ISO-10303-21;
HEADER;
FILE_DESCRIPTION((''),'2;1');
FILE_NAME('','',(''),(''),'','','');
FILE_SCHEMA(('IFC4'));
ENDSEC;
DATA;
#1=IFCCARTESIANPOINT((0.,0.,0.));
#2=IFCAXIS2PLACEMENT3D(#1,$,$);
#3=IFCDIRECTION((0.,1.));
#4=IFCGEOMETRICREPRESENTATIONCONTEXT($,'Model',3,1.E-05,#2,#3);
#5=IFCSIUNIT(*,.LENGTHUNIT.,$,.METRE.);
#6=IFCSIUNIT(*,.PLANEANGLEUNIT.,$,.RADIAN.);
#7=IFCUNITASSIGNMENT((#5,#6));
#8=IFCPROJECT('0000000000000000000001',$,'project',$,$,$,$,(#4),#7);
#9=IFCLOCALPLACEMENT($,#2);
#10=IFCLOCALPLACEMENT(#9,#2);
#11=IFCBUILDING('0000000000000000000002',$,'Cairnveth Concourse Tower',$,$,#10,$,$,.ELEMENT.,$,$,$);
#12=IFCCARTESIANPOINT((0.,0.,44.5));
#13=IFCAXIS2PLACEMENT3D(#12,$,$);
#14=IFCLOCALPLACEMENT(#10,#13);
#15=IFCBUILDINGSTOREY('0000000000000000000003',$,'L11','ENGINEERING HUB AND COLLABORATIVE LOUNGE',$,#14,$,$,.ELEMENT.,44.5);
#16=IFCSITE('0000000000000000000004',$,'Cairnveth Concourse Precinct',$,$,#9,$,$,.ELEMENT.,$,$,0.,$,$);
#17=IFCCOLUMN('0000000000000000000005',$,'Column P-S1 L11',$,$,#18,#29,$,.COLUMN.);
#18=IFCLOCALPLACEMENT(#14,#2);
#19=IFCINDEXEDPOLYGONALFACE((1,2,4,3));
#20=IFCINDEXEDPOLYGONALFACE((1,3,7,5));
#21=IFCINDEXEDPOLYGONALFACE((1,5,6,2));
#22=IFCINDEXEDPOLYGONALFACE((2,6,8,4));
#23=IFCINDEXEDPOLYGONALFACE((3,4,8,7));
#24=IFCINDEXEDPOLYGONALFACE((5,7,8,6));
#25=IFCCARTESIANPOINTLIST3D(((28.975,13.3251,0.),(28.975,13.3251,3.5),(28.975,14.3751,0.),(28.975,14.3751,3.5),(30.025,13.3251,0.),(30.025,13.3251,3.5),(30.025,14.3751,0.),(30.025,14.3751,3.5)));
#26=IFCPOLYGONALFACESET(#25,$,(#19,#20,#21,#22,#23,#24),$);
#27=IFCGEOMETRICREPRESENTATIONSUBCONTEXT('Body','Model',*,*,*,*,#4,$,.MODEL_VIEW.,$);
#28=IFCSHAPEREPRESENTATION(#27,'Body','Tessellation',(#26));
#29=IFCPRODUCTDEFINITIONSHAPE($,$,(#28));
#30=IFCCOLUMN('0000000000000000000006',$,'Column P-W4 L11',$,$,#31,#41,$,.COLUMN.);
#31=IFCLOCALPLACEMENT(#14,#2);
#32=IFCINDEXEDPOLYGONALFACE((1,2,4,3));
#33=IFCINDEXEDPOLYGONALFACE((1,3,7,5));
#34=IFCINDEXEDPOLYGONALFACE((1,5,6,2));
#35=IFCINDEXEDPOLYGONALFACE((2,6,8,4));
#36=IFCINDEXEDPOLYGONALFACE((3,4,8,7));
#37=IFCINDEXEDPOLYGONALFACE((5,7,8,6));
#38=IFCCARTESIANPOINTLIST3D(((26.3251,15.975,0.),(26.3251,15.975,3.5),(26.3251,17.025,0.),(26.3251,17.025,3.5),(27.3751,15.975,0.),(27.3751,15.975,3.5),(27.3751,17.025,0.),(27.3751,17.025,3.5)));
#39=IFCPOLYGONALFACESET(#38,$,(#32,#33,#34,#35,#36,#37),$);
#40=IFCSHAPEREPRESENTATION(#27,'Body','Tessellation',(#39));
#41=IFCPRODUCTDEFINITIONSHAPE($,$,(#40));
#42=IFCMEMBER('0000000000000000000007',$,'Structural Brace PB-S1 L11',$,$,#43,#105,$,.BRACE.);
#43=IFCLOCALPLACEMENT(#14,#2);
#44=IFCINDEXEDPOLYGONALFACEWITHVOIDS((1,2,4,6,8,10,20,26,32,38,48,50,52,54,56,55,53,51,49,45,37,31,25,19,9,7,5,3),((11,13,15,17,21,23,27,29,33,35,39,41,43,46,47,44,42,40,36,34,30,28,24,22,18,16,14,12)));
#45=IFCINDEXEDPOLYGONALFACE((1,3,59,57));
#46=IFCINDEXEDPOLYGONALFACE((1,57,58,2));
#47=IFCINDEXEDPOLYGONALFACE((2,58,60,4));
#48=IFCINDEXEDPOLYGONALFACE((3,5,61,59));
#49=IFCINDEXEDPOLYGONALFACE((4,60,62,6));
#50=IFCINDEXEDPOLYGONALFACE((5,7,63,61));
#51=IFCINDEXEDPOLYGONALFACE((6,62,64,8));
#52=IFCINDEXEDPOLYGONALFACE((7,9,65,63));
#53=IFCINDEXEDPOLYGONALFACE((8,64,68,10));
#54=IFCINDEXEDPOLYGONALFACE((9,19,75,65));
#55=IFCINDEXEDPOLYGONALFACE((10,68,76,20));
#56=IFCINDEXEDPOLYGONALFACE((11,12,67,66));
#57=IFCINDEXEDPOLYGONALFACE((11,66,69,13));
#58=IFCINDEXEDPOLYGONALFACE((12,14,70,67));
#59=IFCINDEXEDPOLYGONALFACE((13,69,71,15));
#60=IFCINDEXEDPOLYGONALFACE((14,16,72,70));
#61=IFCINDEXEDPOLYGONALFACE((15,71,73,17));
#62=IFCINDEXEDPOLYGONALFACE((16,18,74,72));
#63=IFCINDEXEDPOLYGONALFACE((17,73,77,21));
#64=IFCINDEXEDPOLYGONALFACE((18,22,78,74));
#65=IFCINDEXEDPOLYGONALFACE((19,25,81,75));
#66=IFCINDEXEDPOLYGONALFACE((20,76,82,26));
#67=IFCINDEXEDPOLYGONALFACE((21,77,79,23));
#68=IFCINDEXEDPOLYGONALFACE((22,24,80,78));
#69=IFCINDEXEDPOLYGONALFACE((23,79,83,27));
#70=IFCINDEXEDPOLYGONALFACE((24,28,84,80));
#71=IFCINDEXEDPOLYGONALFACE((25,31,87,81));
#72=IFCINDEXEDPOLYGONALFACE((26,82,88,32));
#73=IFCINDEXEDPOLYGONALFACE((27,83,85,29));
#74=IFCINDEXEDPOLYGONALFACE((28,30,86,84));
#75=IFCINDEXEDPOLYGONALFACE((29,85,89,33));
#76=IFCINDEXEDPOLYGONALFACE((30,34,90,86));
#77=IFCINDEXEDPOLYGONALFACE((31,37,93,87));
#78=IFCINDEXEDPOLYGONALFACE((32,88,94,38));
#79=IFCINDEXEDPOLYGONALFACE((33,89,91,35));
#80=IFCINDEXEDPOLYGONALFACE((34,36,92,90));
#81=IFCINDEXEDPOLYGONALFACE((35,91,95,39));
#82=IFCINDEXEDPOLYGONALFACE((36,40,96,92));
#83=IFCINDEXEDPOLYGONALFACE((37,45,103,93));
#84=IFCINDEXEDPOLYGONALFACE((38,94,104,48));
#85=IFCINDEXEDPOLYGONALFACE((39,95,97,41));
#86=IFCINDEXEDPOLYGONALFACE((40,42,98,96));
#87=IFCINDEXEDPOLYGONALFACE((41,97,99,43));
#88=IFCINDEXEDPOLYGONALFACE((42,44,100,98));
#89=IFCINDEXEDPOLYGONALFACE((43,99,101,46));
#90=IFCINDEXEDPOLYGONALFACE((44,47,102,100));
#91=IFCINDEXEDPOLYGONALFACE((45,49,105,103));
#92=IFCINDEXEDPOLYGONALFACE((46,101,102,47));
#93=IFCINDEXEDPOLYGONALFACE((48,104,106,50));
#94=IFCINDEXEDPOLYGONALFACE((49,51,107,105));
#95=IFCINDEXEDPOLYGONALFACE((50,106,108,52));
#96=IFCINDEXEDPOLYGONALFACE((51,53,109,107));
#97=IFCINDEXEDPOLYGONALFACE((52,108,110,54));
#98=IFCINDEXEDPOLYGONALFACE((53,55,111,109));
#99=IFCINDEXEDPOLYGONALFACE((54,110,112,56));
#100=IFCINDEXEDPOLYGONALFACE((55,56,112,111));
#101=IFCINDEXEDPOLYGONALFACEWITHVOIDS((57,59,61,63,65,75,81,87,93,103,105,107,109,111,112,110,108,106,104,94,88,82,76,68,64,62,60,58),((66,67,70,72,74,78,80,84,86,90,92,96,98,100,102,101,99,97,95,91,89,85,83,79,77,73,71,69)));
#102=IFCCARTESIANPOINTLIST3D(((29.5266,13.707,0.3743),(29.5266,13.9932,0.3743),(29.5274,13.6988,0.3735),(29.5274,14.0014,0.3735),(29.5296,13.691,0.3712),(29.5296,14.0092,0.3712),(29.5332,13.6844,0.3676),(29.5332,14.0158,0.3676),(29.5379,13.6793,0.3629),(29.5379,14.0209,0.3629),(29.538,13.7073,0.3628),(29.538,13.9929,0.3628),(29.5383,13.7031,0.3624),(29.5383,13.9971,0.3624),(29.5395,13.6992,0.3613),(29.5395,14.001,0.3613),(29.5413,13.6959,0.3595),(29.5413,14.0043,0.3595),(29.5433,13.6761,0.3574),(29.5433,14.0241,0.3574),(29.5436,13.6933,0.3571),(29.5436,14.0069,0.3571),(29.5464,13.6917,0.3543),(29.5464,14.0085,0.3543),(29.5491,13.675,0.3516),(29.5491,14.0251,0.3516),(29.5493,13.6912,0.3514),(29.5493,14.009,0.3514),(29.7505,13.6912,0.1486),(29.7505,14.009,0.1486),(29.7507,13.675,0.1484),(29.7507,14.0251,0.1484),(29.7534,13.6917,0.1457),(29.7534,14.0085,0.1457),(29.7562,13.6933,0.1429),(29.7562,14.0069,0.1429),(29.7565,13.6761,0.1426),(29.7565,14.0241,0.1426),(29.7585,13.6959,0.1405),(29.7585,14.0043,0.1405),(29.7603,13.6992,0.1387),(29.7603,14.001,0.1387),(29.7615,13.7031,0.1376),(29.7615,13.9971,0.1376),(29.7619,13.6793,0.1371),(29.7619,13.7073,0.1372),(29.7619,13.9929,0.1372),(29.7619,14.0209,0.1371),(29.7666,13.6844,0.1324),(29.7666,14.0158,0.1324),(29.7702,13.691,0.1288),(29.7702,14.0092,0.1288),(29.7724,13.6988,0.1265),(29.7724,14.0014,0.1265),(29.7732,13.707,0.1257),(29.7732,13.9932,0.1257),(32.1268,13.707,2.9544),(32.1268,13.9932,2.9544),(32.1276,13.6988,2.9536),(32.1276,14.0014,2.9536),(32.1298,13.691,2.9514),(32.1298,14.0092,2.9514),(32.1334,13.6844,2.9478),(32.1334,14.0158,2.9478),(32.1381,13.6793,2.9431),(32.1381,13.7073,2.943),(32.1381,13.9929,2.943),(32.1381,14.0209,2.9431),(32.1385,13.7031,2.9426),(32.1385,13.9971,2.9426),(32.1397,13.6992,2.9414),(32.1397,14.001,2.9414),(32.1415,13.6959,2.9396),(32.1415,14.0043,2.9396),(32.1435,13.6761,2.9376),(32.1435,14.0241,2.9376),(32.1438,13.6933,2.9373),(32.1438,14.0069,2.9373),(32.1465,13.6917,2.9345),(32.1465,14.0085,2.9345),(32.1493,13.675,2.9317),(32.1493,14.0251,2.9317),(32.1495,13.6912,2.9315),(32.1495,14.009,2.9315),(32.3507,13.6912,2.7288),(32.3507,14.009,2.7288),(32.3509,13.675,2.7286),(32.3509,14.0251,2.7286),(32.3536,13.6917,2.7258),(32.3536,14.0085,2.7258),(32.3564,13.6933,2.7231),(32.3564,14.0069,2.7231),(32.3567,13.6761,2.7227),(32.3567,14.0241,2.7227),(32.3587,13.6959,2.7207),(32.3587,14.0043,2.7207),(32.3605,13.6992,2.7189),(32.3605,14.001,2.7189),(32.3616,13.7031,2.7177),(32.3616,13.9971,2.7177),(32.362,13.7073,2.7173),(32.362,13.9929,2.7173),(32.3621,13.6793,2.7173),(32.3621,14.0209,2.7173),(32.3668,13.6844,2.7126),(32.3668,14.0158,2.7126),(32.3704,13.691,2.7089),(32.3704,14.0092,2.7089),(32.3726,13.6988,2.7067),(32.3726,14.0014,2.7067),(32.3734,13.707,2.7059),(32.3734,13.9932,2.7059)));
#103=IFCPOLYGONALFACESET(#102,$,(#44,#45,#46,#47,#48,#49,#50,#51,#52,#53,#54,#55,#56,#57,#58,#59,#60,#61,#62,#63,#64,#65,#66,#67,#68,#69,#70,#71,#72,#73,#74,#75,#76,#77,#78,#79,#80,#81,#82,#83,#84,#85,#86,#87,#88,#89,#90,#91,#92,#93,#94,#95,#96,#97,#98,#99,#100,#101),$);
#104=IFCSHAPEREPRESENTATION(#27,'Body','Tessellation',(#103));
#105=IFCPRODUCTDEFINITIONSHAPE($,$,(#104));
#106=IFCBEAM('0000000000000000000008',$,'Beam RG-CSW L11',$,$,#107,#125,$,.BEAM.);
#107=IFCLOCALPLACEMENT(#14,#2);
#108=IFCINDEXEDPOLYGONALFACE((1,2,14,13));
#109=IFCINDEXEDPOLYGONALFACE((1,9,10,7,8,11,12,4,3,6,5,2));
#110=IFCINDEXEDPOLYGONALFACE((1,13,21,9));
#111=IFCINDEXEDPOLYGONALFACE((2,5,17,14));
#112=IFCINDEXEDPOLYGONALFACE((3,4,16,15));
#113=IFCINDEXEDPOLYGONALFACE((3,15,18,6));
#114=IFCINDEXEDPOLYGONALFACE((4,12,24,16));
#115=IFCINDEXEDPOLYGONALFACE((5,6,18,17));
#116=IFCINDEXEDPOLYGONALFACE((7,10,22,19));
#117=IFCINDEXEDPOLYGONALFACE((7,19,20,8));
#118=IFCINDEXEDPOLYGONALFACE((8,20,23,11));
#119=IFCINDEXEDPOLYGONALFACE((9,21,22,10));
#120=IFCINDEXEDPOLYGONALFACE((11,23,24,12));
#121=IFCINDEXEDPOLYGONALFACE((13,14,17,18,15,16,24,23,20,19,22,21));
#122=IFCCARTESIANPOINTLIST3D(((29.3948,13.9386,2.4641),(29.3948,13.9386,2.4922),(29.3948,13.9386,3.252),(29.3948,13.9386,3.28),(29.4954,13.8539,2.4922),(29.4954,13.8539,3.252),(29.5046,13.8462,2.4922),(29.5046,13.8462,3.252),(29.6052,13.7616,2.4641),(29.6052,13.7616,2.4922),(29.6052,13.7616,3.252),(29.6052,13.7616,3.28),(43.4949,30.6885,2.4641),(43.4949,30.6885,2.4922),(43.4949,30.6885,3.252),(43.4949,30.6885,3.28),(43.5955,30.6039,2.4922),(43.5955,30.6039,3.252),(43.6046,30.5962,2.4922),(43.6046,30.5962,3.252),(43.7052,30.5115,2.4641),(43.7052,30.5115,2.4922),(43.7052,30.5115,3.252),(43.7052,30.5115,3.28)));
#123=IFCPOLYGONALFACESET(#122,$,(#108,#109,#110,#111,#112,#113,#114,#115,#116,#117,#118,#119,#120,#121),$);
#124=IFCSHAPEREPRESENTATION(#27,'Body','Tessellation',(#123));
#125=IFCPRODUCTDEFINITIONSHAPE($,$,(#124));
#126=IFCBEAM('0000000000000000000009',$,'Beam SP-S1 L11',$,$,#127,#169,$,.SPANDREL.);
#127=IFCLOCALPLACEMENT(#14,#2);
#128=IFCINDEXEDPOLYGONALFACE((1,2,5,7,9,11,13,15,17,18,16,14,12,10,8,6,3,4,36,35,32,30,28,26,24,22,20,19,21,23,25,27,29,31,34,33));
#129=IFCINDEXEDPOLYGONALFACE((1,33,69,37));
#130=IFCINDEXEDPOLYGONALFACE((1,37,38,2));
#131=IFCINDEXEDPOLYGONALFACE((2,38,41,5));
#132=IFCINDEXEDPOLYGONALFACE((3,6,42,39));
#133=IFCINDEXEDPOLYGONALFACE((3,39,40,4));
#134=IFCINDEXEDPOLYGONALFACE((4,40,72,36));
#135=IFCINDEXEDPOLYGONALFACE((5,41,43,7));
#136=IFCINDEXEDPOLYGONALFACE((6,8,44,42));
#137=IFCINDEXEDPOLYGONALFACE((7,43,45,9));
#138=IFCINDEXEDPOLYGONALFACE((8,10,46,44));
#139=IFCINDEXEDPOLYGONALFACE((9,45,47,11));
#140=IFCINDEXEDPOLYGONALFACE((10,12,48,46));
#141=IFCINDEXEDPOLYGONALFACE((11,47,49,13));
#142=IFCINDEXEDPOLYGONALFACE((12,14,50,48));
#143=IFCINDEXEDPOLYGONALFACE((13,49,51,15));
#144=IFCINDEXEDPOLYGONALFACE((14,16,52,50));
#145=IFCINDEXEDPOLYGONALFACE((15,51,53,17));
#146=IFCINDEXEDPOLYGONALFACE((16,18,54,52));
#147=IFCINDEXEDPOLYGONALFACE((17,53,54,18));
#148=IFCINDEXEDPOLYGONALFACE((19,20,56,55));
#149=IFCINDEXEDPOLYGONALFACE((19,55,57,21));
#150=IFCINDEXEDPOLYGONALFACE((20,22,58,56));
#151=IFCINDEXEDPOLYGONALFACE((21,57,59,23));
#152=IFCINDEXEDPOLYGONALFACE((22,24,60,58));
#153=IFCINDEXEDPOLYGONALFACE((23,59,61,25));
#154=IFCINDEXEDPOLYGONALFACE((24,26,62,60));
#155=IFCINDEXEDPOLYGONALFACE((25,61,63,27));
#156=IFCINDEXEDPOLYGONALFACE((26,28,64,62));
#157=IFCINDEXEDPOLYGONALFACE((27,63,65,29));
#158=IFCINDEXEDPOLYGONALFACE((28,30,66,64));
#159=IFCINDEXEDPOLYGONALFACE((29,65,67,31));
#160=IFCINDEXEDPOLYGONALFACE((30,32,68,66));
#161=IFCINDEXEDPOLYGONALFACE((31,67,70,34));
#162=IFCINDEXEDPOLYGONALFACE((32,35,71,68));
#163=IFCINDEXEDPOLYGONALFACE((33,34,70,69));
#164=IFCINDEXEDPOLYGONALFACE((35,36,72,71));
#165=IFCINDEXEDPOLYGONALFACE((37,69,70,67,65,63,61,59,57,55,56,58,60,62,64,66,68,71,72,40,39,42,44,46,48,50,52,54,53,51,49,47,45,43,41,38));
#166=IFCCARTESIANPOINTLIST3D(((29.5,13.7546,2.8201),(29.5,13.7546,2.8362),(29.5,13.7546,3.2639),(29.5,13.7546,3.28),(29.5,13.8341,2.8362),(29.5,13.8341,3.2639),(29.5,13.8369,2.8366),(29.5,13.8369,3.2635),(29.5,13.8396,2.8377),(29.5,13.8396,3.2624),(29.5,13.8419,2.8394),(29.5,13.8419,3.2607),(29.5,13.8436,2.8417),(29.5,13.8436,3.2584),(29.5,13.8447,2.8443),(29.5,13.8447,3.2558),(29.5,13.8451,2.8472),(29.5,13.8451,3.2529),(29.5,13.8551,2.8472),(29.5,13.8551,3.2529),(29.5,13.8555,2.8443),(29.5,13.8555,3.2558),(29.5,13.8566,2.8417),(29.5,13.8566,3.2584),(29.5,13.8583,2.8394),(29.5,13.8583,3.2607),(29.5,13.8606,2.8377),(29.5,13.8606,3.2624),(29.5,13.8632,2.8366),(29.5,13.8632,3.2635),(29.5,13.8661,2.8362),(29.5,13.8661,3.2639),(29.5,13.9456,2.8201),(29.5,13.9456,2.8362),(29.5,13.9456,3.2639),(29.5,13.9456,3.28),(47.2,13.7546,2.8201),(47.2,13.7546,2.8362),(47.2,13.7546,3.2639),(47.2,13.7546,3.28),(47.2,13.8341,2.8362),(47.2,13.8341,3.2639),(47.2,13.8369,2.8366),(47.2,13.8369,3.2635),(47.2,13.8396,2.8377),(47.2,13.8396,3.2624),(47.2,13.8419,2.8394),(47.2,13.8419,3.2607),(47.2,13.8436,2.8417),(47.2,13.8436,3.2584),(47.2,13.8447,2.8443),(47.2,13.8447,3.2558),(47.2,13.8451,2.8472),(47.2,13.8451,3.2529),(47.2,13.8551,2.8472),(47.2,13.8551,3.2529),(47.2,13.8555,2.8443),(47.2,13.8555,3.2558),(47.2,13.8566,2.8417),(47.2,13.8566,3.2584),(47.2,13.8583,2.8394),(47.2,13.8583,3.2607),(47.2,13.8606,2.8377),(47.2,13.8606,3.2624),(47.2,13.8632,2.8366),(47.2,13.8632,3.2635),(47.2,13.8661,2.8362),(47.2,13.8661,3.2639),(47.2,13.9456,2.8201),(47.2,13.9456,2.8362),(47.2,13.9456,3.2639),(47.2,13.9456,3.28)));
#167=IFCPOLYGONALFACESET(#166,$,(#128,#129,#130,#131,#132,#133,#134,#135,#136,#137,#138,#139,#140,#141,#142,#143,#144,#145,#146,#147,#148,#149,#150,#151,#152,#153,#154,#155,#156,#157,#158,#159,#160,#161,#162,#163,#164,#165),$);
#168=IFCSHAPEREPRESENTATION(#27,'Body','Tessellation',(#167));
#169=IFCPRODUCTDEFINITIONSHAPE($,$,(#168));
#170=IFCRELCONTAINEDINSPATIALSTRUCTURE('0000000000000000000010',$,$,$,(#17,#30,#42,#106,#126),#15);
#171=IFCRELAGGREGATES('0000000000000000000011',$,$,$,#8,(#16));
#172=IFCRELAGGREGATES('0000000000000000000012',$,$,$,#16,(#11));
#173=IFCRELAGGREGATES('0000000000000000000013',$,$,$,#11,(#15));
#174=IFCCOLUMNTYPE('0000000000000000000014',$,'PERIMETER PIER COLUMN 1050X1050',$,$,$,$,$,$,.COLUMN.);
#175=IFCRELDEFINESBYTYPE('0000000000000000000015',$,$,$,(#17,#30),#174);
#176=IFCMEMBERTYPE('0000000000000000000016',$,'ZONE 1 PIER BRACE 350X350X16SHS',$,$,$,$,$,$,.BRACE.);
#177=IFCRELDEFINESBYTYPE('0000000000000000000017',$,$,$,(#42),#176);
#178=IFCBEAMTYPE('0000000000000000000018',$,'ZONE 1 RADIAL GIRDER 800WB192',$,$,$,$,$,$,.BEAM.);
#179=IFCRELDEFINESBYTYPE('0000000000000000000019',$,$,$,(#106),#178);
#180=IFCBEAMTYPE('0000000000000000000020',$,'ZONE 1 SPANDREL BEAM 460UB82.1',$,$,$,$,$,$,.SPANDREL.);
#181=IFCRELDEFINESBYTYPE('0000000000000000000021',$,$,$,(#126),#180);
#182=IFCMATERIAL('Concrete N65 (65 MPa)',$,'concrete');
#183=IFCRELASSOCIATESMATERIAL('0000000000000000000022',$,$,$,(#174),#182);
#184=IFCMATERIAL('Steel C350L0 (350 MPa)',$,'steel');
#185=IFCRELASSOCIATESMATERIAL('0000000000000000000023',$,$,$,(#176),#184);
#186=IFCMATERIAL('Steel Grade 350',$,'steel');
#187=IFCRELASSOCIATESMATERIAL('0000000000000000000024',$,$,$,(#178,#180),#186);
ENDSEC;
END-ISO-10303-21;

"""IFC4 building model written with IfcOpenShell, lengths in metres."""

from ifc_helpers import new_model, si_unit, direction, frame, origin, origin_2d, place, context, subcontext, project, spatial, rectangle, hollow_rectangle, i_section, extrude, material, material_profile, profile_set, type_object, element, save


model = new_model("IFC4")

# Units and contexts
model_context = context("Model", 3, precision=1e-05, world=origin(), true_north=direction((0.0, 1.0)))
body_context = subcontext(model_context, "Body", "Model", "MODEL_VIEW")
ifc_project = project(units=[si_unit("LENGTHUNIT", "METRE"), si_unit("PLANEANGLEUNIT", "RADIAN")], contexts=[model_context])

# Site, building, storey
site_placement = place(None, origin())
site = spatial("IfcSite", under=ifc_project, at=site_placement, Name="Cairnveth Concourse Precinct", CompositionType="ELEMENT", RefElevation=0.0)
building_placement = place(site_placement, origin())
building = spatial("IfcBuilding", under=site, at=building_placement, Name="Cairnveth Concourse Tower", CompositionType="ELEMENT")
storey_placement = place(building_placement, frame((0.0, 0.0, 44.5)))
storey = spatial("IfcBuildingStorey", under=building, at=storey_placement, Name="L11", Description="ENGINEERING HUB AND COLLABORATIVE LOUNGE", CompositionType="ELEMENT", Elevation=44.5)

# Columns
ifc_material_1 = material(Name="Concrete N65 (65 MPa)", Category="concrete")
ifc_material_profile_1 = material_profile(ifc_material_1, rectangle(XDim=1.05, YDim=1.05, at=origin_2d()), Name="RC-COL-1050x1050")
ifc_profile_set_1 = profile_set([ifc_material_profile_1], Name="Concrete N65 (65 MPa)")
column_type = type_object("IfcColumnType", Name="PERIMETER PIER COLUMN 1050X1050", PredefinedType="COLUMN", material=ifc_profile_set_1)
for number, where, z_axis, x_axis, name in (
    (1, (29.5, 13.8501, 0.0), (0.0, 0.0, 1.0), (1.0, 0.0, 0.0), "Column P-S1 L11"),
    (2, (26.8501, 16.5, 0.0), (0.0, 0.0, 1.0), (0.0, 1.0, 0.0), "Column P-W4 L11"),
):
    element("IfcColumn", number, at=place(storey_placement, frame(where, z_axis=z_axis, x_axis=x_axis)), inside=storey, type_object=column_type, Name=name, PredefinedType="COLUMN", context=body_context, shape_type="SweptSolid", body=[
        extrude(rectangle(XDim=1.05, YDim=1.05, at=origin_2d()), origin(), (0.0, 0.0, 1.0), 3.5),
    ])

# Member
ifc_material_2 = material(Name="Steel C350L0 (350 MPa)", Category="steel")
ifc_material_profile_2 = material_profile(ifc_material_2, hollow_rectangle(XDim=0.3501, YDim=0.3501, WallThickness=0.0161, InnerFilletRadius=0.0161, OuterFilletRadius=0.032, at=origin_2d()), Name="350x350x16.0SHS")
ifc_profile_set_2 = profile_set([ifc_material_profile_2], Name="Steel C350L0 (350 MPa)")
member_type = type_object("IfcMemberType", Name="ZONE 1 PIER BRACE 350X350X16SHS", PredefinedType="BRACE", material=ifc_profile_set_2)
member_placement = place(storey_placement, frame((29.6499, 13.8501, 0.25), z_axis=(0.709834, 0.0, 0.704369), x_axis=(0.0, 1.0, 0.0)))
element("IfcMember", 3, at=member_placement, inside=storey, type_object=member_type, Name="Structural Brace PB-S1 L11", PredefinedType="BRACE", context=body_context, shape_type="SweptSolid", body=[
    extrude(hollow_rectangle(XDim=0.3501, YDim=0.3501, WallThickness=0.0161, InnerFilletRadius=0.0161, OuterFilletRadius=0.032, at=origin_2d()), origin(), (0.0, 0.0, 1.0), 3.6631),
])

# Beams
ifc_material_3 = material(Name="Steel Grade 350", Category="steel")
ifc_material_profile_3 = material_profile(ifc_material_3, i_section(OverallWidth=0.2749, OverallDepth=0.8159, WebThickness=0.012, FlangeThickness=0.0281, at=origin_2d()), Name="800WB192")
ifc_profile_set_3 = profile_set([ifc_material_profile_3], Name="Steel Grade 350")
beam_type_1 = type_object("IfcBeamType", Name="ZONE 1 RADIAL GIRDER 800WB192", PredefinedType="BEAM", material=ifc_profile_set_3)
beam_1_placement = place(storey_placement, frame((29.5, 13.8501, 2.8721), z_axis=(0.643998, 0.765027, 0.0), x_axis=(-0.765027, 0.643998, 0.0)))
element("IfcBeam", 4, at=beam_1_placement, inside=storey, type_object=beam_type_1, Name="Beam RG-CSW L11", PredefinedType="BEAM", context=body_context, shape_type="SweptSolid", body=[
    extrude(i_section(OverallWidth=0.2749, OverallDepth=0.8159, WebThickness=0.012, FlangeThickness=0.0281, at=origin_2d()), origin(), (0.0, 0.0, 1.0), 21.8945),
])
ifc_material_profile_4 = material_profile(ifc_material_3, i_section(OverallWidth=0.1909, OverallDepth=0.46, WebThickness=0.01, FlangeThickness=0.0161, FilletRadius=0.011, at=origin_2d()), Name="460UB82.1")
ifc_profile_set_4 = profile_set([ifc_material_profile_4], Name="Steel Grade 350")
beam_type_2 = type_object("IfcBeamType", Name="ZONE 1 SPANDREL BEAM 460UB82.1", PredefinedType="SPANDREL", material=ifc_profile_set_4)
beam_2_placement = place(storey_placement, frame((29.5, 13.8501, 3.05), z_axis=(1.0, 0.0, 0.0), x_axis=(0.0, 1.0, 0.0)))
element("IfcBeam", 5, at=beam_2_placement, inside=storey, type_object=beam_type_2, Name="Beam SP-S1 L11", PredefinedType="SPANDREL", context=body_context, shape_type="SweptSolid", body=[
    extrude(i_section(OverallWidth=0.1909, OverallDepth=0.46, WebThickness=0.01, FlangeThickness=0.0161, FilletRadius=0.011, at=origin_2d()), origin(), (0.0, 0.0, 1.0), 17.7),
])

save(model, "model.ifc")
